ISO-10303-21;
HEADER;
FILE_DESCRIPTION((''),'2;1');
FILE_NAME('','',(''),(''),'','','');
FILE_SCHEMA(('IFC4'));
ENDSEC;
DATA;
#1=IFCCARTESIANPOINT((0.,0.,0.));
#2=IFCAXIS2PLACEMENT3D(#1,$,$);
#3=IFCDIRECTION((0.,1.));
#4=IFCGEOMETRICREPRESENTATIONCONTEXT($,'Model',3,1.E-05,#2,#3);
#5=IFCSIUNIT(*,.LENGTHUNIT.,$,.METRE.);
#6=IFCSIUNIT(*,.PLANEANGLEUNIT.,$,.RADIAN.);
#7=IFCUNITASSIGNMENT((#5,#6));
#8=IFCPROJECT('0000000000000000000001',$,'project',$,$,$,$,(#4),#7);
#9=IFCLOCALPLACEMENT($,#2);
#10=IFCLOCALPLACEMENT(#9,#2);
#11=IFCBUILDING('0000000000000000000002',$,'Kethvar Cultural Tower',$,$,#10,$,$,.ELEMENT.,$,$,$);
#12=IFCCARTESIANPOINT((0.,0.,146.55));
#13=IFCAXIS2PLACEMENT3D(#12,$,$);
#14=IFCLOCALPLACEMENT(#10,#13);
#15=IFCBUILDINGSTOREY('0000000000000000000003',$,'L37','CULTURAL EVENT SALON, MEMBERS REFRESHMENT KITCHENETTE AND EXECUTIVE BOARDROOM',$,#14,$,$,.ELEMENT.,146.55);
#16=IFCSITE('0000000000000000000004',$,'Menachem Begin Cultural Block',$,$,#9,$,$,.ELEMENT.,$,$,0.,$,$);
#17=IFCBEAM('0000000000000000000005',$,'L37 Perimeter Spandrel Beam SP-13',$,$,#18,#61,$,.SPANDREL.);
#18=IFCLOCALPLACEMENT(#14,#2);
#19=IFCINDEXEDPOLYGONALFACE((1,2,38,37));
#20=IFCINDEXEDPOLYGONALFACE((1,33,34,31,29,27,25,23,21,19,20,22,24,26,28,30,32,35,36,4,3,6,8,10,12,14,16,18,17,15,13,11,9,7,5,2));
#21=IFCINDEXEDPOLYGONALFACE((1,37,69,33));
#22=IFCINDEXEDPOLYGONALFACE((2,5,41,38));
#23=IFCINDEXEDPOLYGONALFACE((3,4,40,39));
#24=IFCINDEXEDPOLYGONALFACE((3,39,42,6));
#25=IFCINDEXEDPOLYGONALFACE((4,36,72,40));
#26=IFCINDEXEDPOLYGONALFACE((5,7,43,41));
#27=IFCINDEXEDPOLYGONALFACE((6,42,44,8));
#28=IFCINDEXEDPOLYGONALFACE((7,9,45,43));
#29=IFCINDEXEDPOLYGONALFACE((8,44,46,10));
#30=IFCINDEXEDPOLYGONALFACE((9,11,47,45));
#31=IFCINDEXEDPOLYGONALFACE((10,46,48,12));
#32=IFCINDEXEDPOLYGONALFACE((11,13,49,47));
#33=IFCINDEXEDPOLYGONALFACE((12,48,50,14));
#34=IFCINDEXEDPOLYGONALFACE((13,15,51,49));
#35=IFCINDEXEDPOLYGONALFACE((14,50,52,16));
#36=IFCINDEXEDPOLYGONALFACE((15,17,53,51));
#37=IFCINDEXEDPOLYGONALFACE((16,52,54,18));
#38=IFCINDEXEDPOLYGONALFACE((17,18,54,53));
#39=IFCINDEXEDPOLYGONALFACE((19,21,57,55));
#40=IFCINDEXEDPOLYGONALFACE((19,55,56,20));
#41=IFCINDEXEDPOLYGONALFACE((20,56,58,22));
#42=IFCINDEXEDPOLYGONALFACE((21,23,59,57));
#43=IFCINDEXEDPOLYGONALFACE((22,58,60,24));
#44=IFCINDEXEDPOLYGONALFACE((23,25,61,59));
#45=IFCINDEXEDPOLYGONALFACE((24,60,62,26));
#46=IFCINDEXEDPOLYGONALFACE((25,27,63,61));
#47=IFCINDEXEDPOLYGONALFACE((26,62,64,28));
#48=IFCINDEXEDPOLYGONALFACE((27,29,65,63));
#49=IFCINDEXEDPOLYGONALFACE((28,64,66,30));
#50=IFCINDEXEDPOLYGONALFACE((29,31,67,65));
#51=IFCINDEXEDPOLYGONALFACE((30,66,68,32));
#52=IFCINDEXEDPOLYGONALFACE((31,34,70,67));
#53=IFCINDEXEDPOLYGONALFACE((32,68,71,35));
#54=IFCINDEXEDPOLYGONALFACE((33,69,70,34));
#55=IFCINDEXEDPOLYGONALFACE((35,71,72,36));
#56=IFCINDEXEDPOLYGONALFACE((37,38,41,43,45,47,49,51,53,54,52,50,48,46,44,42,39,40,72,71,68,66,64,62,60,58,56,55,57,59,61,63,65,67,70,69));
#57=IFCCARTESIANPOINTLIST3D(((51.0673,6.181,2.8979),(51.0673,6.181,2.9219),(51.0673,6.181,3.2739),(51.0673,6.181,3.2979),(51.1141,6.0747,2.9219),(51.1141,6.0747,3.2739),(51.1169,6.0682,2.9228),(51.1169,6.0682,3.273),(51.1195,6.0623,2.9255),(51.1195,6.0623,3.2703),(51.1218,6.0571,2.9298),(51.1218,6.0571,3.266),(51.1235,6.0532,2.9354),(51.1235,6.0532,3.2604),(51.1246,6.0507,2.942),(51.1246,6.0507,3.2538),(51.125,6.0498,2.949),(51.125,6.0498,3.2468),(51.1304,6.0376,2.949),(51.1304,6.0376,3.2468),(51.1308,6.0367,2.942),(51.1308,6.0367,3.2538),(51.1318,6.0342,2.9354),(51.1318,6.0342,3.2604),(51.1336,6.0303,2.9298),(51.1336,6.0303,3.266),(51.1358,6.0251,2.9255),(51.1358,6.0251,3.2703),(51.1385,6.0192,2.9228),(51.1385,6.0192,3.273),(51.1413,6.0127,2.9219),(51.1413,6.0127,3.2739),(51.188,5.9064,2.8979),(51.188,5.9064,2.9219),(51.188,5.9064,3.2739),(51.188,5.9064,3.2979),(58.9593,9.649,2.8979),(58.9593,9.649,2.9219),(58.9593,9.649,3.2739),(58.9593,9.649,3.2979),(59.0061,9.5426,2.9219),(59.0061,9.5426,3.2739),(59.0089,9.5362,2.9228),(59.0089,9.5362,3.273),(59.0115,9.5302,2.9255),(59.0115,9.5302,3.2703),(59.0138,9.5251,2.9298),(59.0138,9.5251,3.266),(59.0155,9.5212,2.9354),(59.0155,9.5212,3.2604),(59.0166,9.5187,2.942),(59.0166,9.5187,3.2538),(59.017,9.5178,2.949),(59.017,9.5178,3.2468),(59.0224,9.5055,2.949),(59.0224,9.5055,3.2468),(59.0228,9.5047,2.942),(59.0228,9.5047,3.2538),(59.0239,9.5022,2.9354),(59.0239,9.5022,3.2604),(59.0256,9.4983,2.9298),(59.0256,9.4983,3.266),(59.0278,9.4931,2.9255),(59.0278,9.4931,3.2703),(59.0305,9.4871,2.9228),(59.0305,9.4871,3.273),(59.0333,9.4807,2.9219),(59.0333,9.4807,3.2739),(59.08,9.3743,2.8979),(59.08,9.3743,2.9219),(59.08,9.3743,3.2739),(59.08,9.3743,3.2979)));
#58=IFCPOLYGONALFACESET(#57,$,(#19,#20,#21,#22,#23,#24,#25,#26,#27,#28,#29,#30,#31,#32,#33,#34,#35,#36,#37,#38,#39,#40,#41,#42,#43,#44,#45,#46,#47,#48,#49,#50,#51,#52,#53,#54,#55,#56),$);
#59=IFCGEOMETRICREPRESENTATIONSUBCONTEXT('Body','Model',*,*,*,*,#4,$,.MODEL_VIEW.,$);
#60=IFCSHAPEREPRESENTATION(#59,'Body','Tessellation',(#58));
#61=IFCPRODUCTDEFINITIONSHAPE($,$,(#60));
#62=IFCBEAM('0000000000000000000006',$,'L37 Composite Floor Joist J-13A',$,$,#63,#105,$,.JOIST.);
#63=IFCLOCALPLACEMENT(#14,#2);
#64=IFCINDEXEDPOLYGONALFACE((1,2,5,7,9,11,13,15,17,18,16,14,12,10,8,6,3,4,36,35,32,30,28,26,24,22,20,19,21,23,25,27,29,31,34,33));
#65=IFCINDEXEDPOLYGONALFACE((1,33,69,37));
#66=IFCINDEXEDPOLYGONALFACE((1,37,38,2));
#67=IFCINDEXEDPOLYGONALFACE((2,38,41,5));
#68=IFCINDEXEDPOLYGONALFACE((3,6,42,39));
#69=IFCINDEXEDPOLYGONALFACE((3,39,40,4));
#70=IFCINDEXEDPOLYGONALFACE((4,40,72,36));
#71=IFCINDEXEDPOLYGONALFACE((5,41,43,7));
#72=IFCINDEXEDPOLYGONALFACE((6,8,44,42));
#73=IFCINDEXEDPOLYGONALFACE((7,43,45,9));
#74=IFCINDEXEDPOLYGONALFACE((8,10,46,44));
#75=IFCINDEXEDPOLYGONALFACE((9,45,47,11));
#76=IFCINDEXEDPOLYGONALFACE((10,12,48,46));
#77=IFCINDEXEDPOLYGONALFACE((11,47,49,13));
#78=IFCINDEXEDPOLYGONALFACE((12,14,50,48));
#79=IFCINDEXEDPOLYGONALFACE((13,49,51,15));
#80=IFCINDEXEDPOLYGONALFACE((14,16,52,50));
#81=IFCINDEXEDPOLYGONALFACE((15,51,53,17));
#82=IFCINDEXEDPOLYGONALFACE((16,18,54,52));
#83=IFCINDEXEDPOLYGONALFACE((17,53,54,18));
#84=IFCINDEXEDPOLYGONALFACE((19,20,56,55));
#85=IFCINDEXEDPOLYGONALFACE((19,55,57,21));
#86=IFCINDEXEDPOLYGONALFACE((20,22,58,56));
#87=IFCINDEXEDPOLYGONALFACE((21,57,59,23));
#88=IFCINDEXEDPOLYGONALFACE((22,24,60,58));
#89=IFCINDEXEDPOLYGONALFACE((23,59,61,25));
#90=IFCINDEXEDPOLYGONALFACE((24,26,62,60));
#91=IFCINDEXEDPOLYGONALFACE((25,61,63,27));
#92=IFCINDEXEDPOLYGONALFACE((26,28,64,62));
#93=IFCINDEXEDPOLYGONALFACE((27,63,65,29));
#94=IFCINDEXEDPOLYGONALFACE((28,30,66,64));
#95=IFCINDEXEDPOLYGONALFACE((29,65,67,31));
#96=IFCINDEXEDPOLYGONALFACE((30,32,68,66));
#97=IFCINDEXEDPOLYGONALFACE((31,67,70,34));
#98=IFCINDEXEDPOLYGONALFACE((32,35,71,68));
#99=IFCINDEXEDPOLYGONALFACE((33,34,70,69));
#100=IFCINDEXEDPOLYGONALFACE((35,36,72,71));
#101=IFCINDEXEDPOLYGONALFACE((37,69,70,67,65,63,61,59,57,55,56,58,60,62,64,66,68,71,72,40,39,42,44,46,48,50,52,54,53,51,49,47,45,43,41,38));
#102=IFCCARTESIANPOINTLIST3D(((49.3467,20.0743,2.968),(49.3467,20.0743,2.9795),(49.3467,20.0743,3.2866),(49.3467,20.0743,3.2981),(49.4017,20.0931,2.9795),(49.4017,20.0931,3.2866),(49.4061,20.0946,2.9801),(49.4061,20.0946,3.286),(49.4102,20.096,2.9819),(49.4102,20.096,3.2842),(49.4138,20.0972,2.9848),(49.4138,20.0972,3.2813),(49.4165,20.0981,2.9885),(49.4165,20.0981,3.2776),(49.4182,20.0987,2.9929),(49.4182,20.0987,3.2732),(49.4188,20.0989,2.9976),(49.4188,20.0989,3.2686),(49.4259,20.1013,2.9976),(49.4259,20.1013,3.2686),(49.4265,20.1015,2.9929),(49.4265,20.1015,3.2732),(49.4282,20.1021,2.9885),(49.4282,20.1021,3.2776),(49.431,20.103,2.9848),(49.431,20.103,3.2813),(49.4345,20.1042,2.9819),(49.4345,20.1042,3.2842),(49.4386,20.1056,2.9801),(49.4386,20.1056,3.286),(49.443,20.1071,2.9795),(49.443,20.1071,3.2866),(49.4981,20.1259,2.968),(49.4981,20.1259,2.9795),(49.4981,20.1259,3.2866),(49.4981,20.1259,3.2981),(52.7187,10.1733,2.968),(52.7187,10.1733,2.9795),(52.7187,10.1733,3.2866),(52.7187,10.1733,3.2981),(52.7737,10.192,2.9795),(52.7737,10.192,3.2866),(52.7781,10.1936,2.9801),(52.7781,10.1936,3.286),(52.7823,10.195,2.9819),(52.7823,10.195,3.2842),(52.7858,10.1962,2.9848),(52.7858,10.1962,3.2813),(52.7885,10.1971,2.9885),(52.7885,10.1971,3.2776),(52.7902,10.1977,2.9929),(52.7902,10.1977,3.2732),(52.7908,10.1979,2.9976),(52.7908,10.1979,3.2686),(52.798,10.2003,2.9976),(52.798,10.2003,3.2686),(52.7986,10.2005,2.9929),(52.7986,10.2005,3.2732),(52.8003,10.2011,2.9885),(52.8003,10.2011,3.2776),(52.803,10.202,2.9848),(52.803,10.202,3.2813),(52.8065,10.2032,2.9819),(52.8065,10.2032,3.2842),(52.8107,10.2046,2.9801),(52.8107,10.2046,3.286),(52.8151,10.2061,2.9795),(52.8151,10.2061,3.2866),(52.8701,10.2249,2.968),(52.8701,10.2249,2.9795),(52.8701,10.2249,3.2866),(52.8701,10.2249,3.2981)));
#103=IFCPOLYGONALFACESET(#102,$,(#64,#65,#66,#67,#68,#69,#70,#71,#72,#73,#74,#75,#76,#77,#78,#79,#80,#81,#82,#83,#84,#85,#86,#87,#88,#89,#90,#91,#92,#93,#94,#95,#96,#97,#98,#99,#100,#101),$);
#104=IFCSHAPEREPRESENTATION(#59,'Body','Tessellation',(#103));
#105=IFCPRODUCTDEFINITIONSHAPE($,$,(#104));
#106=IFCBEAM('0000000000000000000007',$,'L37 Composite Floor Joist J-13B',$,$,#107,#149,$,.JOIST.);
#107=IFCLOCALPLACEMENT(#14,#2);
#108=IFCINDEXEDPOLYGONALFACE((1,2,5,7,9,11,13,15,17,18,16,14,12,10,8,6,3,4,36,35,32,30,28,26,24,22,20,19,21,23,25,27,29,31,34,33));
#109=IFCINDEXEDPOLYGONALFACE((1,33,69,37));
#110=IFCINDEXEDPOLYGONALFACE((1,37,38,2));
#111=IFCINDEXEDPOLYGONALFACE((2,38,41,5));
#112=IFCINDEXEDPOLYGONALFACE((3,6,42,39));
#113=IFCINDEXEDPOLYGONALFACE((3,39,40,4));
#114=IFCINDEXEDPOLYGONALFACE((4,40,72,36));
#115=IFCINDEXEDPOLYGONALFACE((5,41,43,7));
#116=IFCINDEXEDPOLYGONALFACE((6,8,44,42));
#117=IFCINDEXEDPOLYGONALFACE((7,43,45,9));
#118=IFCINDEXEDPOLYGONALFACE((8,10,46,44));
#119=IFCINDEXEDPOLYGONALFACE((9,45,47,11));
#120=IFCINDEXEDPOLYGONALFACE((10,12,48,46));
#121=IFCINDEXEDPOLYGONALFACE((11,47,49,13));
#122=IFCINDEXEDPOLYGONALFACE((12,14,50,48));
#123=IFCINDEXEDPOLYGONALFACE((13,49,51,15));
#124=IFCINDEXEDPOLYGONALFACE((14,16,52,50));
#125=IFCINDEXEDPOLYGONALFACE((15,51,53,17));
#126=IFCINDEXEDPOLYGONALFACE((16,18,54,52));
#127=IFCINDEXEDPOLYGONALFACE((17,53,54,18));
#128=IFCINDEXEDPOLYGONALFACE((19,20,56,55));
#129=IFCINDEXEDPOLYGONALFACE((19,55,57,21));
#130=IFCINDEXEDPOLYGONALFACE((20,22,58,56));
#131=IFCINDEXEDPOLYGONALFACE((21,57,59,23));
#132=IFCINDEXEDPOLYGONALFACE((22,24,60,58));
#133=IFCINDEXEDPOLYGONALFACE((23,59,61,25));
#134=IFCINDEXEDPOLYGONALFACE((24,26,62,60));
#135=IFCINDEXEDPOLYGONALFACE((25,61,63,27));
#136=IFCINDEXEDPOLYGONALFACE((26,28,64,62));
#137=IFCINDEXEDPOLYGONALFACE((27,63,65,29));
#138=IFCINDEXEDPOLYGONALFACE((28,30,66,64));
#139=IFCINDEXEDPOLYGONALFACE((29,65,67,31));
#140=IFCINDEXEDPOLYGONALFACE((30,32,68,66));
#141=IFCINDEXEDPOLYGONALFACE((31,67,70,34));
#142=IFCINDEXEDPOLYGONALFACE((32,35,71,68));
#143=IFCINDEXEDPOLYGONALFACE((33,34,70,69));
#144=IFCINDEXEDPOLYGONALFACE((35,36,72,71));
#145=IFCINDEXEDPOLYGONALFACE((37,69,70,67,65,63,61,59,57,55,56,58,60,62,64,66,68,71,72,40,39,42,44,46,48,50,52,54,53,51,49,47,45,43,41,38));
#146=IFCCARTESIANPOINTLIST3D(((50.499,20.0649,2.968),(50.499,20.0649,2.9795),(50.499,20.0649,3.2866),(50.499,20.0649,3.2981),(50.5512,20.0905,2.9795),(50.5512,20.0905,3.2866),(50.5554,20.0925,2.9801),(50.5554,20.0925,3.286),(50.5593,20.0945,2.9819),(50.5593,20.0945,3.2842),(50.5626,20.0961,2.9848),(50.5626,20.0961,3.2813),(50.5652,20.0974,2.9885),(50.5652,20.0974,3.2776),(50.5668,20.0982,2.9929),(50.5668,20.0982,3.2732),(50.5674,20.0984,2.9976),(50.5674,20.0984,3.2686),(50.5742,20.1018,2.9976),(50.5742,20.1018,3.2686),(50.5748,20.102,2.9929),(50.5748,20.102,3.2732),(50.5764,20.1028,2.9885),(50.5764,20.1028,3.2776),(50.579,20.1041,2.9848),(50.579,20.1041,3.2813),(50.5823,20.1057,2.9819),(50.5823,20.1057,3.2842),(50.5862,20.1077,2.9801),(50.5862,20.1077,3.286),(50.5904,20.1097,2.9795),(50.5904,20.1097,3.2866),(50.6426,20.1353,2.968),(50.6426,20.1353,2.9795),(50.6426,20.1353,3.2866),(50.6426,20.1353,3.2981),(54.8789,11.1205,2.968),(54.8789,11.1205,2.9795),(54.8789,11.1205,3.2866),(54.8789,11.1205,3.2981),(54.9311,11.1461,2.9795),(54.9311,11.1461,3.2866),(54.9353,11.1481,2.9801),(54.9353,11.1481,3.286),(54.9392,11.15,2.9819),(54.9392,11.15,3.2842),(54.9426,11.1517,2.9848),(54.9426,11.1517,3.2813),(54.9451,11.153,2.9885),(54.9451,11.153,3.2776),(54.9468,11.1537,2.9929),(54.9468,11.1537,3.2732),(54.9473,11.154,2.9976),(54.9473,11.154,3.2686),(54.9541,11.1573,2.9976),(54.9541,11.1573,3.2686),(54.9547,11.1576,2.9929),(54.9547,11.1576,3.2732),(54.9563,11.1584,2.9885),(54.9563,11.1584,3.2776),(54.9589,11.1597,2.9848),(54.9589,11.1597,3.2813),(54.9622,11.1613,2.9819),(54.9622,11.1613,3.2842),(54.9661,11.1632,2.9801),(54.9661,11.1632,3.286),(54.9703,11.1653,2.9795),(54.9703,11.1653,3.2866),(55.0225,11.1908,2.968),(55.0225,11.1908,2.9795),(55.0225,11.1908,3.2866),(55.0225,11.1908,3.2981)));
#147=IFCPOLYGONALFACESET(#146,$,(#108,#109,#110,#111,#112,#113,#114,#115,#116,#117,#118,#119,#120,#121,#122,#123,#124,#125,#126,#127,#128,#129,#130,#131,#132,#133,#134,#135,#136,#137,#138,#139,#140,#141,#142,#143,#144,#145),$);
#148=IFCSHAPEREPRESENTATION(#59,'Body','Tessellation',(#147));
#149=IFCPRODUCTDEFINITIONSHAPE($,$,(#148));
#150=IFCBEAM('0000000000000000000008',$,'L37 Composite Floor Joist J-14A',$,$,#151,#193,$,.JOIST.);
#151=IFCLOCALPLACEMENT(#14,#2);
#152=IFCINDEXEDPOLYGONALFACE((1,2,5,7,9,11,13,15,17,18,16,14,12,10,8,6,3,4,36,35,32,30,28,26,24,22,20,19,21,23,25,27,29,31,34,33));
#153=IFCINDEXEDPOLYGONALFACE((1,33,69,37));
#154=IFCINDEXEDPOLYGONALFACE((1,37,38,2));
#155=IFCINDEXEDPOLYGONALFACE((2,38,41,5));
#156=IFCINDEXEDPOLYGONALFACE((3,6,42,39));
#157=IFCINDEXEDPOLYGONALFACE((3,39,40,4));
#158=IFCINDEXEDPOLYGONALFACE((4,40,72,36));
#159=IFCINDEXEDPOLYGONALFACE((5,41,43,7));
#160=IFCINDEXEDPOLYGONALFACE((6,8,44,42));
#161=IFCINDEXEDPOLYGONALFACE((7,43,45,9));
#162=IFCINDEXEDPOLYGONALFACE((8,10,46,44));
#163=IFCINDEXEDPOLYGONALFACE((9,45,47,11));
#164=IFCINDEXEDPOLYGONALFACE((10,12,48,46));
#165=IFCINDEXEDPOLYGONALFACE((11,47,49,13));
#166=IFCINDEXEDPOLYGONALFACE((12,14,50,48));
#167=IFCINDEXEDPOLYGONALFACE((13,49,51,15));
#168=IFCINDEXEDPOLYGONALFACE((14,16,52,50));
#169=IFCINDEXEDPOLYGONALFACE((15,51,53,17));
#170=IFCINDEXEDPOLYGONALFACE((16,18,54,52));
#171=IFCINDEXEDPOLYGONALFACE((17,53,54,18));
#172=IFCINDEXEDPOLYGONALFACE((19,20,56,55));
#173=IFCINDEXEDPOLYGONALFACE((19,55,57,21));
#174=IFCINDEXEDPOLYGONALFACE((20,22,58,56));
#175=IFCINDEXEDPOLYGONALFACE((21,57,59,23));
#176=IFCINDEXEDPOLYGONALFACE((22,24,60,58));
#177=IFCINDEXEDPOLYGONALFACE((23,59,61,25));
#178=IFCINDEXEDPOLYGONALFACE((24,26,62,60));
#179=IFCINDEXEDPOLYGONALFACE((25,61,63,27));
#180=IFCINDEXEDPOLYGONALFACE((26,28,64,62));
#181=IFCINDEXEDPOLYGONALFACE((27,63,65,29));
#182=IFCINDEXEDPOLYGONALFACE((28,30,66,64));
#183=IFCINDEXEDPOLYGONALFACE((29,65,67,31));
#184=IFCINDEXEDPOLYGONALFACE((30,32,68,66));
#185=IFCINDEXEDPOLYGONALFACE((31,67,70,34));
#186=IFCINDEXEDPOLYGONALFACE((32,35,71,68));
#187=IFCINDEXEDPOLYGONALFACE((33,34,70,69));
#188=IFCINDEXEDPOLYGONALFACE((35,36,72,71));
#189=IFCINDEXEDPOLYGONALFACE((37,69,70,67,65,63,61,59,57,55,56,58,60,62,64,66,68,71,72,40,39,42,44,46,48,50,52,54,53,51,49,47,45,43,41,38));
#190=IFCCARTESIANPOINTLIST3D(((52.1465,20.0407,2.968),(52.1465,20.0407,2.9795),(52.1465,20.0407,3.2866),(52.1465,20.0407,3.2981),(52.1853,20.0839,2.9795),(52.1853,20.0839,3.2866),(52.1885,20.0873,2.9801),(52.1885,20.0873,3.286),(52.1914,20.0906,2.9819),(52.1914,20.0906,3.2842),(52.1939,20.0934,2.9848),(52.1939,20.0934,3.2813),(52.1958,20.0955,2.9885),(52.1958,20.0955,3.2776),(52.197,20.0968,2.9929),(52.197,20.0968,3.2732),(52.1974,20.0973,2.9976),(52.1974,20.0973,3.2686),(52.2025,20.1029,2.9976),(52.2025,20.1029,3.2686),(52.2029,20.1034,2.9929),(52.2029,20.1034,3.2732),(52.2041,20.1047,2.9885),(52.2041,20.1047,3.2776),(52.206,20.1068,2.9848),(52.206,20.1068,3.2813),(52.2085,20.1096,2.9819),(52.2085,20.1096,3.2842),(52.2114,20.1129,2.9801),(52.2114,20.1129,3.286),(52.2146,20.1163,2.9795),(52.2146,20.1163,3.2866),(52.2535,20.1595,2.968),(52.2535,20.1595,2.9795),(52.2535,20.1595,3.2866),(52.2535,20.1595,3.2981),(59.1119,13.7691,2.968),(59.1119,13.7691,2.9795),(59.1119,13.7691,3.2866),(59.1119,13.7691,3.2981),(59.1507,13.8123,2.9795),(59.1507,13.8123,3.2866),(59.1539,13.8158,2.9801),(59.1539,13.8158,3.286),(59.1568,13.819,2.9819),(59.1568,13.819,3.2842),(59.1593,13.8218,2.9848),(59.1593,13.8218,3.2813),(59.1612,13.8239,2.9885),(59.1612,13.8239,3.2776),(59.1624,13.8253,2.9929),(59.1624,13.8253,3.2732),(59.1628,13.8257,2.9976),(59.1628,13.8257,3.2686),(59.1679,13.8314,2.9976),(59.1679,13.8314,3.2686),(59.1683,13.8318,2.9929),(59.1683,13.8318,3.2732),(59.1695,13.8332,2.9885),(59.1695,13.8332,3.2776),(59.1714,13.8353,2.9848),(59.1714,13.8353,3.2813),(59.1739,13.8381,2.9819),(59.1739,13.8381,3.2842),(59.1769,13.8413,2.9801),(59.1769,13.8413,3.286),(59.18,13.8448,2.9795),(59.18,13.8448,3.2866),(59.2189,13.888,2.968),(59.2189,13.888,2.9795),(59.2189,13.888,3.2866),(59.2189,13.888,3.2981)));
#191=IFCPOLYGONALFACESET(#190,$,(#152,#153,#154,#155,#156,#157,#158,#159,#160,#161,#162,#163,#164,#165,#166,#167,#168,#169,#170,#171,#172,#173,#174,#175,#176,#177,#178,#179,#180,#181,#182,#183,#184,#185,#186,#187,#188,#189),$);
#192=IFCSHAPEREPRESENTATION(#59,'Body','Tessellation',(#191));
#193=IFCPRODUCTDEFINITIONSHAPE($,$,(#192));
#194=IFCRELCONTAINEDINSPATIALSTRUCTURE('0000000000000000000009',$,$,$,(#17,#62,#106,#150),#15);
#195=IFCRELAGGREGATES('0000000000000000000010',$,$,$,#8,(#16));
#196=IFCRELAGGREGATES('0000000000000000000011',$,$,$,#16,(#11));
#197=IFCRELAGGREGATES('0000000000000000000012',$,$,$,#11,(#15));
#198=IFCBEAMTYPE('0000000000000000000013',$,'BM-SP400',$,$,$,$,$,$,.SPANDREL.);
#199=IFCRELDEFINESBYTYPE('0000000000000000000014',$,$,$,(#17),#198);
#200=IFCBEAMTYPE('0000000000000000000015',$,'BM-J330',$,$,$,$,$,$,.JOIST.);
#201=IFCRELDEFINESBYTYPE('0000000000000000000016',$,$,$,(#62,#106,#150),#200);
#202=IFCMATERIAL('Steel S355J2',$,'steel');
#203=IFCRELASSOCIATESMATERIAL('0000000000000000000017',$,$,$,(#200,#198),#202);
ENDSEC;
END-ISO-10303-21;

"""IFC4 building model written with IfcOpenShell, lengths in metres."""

from ifc_helpers import new_model, si_unit, direction, frame, origin, origin_2d, place, context, subcontext, project, spatial, i_section, extrude, source, transform, mapped, material, material_profile, profile_set, type_object, element, save


model = new_model("IFC4")

# Units and contexts
model_context = context("Model", 3, precision=1e-05, world=origin(), true_north=direction((0.0, 1.0)))
body_context = subcontext(model_context, "Body", "Model", "MODEL_VIEW")
ifc_project = project(units=[si_unit("LENGTHUNIT", "METRE"), si_unit("PLANEANGLEUNIT", "RADIAN")], contexts=[model_context])

# Site, building, storey
site_placement = place(None, origin())
site = spatial("IfcSite", under=ifc_project, at=site_placement, Name="Menachem Begin Cultural Block", CompositionType="ELEMENT", RefElevation=0.0)
building_placement = place(site_placement, origin())
building = spatial("IfcBuilding", under=site, at=building_placement, Name="Kethvar Cultural Tower", CompositionType="ELEMENT")
storey_placement = place(building_placement, frame((0.0, 0.0, 146.55)))
storey = spatial("IfcBuildingStorey", under=building, at=storey_placement, Name="L37", Description="CULTURAL EVENT SALON, MEMBERS REFRESHMENT KITCHENETTE AND EXECUTIVE BOARDROOM", CompositionType="ELEMENT", Elevation=146.55)

# Beams
ifc_material_1 = material(Name="Steel S355J2", Category="steel")
ifc_material_profile_1 = material_profile(ifc_material_1, i_section(OverallWidth=0.1599, OverallDepth=0.3301, WebThickness=0.0076, FlangeThickness=0.0115, FilletRadius=0.0181, at=origin_2d()), Name="Steel S355J2 — IPE330")
ifc_profile_set_1 = profile_set([ifc_material_profile_1], Name="Steel S355J2 — IPE330")
beam_type_1 = type_object("IfcBeamType", Name="BM-J330", PredefinedType="JOIST", material=ifc_profile_set_1)
ifc_material_profile_2 = material_profile(ifc_material_1, i_section(OverallWidth=0.3, OverallDepth=0.3999, WebThickness=0.0134, FlangeThickness=0.0239, FilletRadius=0.0271, at=origin_2d()), Name="Steel S355J2 — HEB400")
ifc_profile_set_2 = profile_set([ifc_material_profile_2], Name="Steel S355J2 — HEB400")
beam_type_2 = type_object("IfcBeamType", Name="BM-SP400", PredefinedType="SPANDREL", material=ifc_profile_set_2)
shared_shape_1 = source(origin(), body_context, "Body", "SweptSolid", [
    extrude(i_section(OverallWidth=0.3, OverallDepth=0.3999, WebThickness=0.0134, FlangeThickness=0.0239, FilletRadius=0.0271, at=origin_2d()), origin(), (0.0, 0.0, 1.0), 8.6204),
])
beam_1_placement = place(storey_placement, frame((51.1277, 6.0437, 3.0979), z_axis=(0.915507, 0.402301, 0.0), x_axis=(-0.402301, 0.915507, 0.0)))
element("IfcBeam", 1, at=beam_1_placement, inside=storey, type_object=beam_type_2, Name="L37 Perimeter Spandrel Beam SP-13", PredefinedType="SPANDREL", context=body_context, shape_type="MappedRepresentation", body=[
    mapped(shared_shape_1, transform((0.0, 0.0, 0.0), scale=1.0)),
])
shared_shape_2 = source(origin(), body_context, "Body", "SweptSolid", [
    extrude(i_section(OverallWidth=0.1599, OverallDepth=0.3301, WebThickness=0.0076, FlangeThickness=0.0115, FilletRadius=0.0181, at=origin_2d()), origin(), (0.0, 0.0, 1.0), 10.4595),
])
beam_2_placement = place(storey_placement, frame((49.4224, 20.1001, 3.1331), z_axis=(0.32239, -0.946607, 0.0), x_axis=(0.946607, 0.32239, 0.0)))
element("IfcBeam", 2, at=beam_2_placement, inside=storey, type_object=beam_type_1, Name="L37 Composite Floor Joist J-13A", PredefinedType="JOIST", context=body_context, shape_type="MappedRepresentation", body=[
    mapped(shared_shape_2, transform((0.0, 0.0, 0.0), scale=1.0)),
])
shared_shape_3 = source(origin(), body_context, "Body", "SweptSolid", [
    extrude(i_section(OverallWidth=0.1599, OverallDepth=0.3301, WebThickness=0.0076, FlangeThickness=0.0115, FilletRadius=0.0181, at=origin_2d()), origin(), (0.0, 0.0, 1.0), 9.9592),
])
beam_3_placement = place(storey_placement, frame((50.5708, 20.1001, 3.1331), z_axis=(0.439785, -0.898103, 0.0), x_axis=(0.898103, 0.439785, 0.0)))
element("IfcBeam", 3, at=beam_3_placement, inside=storey, type_object=beam_type_1, Name="L37 Composite Floor Joist J-13B", PredefinedType="JOIST", context=body_context, shape_type="MappedRepresentation", body=[
    mapped(shared_shape_3, transform((0.0, 0.0, 0.0), scale=1.0)),
])
shared_shape_4 = source(origin(), body_context, "Body", "SweptSolid", [
    extrude(i_section(OverallWidth=0.1599, OverallDepth=0.3301, WebThickness=0.0076, FlangeThickness=0.0115, FilletRadius=0.0181, at=origin_2d()), origin(), (0.0, 0.0, 1.0), 9.3728),
])
beam_4_placement = place(storey_placement, frame((52.2, 20.1001, 3.1331), z_axis=(0.743152, -0.669123, 0.0), x_axis=(0.669123, 0.743152, 0.0)))
element("IfcBeam", 4, at=beam_4_placement, inside=storey, type_object=beam_type_1, Name="L37 Composite Floor Joist J-14A", PredefinedType="JOIST", context=body_context, shape_type="MappedRepresentation", body=[
    mapped(shared_shape_4, transform((0.0, 0.0, 0.0), scale=1.0)),
])

save(model, "model.ifc")
